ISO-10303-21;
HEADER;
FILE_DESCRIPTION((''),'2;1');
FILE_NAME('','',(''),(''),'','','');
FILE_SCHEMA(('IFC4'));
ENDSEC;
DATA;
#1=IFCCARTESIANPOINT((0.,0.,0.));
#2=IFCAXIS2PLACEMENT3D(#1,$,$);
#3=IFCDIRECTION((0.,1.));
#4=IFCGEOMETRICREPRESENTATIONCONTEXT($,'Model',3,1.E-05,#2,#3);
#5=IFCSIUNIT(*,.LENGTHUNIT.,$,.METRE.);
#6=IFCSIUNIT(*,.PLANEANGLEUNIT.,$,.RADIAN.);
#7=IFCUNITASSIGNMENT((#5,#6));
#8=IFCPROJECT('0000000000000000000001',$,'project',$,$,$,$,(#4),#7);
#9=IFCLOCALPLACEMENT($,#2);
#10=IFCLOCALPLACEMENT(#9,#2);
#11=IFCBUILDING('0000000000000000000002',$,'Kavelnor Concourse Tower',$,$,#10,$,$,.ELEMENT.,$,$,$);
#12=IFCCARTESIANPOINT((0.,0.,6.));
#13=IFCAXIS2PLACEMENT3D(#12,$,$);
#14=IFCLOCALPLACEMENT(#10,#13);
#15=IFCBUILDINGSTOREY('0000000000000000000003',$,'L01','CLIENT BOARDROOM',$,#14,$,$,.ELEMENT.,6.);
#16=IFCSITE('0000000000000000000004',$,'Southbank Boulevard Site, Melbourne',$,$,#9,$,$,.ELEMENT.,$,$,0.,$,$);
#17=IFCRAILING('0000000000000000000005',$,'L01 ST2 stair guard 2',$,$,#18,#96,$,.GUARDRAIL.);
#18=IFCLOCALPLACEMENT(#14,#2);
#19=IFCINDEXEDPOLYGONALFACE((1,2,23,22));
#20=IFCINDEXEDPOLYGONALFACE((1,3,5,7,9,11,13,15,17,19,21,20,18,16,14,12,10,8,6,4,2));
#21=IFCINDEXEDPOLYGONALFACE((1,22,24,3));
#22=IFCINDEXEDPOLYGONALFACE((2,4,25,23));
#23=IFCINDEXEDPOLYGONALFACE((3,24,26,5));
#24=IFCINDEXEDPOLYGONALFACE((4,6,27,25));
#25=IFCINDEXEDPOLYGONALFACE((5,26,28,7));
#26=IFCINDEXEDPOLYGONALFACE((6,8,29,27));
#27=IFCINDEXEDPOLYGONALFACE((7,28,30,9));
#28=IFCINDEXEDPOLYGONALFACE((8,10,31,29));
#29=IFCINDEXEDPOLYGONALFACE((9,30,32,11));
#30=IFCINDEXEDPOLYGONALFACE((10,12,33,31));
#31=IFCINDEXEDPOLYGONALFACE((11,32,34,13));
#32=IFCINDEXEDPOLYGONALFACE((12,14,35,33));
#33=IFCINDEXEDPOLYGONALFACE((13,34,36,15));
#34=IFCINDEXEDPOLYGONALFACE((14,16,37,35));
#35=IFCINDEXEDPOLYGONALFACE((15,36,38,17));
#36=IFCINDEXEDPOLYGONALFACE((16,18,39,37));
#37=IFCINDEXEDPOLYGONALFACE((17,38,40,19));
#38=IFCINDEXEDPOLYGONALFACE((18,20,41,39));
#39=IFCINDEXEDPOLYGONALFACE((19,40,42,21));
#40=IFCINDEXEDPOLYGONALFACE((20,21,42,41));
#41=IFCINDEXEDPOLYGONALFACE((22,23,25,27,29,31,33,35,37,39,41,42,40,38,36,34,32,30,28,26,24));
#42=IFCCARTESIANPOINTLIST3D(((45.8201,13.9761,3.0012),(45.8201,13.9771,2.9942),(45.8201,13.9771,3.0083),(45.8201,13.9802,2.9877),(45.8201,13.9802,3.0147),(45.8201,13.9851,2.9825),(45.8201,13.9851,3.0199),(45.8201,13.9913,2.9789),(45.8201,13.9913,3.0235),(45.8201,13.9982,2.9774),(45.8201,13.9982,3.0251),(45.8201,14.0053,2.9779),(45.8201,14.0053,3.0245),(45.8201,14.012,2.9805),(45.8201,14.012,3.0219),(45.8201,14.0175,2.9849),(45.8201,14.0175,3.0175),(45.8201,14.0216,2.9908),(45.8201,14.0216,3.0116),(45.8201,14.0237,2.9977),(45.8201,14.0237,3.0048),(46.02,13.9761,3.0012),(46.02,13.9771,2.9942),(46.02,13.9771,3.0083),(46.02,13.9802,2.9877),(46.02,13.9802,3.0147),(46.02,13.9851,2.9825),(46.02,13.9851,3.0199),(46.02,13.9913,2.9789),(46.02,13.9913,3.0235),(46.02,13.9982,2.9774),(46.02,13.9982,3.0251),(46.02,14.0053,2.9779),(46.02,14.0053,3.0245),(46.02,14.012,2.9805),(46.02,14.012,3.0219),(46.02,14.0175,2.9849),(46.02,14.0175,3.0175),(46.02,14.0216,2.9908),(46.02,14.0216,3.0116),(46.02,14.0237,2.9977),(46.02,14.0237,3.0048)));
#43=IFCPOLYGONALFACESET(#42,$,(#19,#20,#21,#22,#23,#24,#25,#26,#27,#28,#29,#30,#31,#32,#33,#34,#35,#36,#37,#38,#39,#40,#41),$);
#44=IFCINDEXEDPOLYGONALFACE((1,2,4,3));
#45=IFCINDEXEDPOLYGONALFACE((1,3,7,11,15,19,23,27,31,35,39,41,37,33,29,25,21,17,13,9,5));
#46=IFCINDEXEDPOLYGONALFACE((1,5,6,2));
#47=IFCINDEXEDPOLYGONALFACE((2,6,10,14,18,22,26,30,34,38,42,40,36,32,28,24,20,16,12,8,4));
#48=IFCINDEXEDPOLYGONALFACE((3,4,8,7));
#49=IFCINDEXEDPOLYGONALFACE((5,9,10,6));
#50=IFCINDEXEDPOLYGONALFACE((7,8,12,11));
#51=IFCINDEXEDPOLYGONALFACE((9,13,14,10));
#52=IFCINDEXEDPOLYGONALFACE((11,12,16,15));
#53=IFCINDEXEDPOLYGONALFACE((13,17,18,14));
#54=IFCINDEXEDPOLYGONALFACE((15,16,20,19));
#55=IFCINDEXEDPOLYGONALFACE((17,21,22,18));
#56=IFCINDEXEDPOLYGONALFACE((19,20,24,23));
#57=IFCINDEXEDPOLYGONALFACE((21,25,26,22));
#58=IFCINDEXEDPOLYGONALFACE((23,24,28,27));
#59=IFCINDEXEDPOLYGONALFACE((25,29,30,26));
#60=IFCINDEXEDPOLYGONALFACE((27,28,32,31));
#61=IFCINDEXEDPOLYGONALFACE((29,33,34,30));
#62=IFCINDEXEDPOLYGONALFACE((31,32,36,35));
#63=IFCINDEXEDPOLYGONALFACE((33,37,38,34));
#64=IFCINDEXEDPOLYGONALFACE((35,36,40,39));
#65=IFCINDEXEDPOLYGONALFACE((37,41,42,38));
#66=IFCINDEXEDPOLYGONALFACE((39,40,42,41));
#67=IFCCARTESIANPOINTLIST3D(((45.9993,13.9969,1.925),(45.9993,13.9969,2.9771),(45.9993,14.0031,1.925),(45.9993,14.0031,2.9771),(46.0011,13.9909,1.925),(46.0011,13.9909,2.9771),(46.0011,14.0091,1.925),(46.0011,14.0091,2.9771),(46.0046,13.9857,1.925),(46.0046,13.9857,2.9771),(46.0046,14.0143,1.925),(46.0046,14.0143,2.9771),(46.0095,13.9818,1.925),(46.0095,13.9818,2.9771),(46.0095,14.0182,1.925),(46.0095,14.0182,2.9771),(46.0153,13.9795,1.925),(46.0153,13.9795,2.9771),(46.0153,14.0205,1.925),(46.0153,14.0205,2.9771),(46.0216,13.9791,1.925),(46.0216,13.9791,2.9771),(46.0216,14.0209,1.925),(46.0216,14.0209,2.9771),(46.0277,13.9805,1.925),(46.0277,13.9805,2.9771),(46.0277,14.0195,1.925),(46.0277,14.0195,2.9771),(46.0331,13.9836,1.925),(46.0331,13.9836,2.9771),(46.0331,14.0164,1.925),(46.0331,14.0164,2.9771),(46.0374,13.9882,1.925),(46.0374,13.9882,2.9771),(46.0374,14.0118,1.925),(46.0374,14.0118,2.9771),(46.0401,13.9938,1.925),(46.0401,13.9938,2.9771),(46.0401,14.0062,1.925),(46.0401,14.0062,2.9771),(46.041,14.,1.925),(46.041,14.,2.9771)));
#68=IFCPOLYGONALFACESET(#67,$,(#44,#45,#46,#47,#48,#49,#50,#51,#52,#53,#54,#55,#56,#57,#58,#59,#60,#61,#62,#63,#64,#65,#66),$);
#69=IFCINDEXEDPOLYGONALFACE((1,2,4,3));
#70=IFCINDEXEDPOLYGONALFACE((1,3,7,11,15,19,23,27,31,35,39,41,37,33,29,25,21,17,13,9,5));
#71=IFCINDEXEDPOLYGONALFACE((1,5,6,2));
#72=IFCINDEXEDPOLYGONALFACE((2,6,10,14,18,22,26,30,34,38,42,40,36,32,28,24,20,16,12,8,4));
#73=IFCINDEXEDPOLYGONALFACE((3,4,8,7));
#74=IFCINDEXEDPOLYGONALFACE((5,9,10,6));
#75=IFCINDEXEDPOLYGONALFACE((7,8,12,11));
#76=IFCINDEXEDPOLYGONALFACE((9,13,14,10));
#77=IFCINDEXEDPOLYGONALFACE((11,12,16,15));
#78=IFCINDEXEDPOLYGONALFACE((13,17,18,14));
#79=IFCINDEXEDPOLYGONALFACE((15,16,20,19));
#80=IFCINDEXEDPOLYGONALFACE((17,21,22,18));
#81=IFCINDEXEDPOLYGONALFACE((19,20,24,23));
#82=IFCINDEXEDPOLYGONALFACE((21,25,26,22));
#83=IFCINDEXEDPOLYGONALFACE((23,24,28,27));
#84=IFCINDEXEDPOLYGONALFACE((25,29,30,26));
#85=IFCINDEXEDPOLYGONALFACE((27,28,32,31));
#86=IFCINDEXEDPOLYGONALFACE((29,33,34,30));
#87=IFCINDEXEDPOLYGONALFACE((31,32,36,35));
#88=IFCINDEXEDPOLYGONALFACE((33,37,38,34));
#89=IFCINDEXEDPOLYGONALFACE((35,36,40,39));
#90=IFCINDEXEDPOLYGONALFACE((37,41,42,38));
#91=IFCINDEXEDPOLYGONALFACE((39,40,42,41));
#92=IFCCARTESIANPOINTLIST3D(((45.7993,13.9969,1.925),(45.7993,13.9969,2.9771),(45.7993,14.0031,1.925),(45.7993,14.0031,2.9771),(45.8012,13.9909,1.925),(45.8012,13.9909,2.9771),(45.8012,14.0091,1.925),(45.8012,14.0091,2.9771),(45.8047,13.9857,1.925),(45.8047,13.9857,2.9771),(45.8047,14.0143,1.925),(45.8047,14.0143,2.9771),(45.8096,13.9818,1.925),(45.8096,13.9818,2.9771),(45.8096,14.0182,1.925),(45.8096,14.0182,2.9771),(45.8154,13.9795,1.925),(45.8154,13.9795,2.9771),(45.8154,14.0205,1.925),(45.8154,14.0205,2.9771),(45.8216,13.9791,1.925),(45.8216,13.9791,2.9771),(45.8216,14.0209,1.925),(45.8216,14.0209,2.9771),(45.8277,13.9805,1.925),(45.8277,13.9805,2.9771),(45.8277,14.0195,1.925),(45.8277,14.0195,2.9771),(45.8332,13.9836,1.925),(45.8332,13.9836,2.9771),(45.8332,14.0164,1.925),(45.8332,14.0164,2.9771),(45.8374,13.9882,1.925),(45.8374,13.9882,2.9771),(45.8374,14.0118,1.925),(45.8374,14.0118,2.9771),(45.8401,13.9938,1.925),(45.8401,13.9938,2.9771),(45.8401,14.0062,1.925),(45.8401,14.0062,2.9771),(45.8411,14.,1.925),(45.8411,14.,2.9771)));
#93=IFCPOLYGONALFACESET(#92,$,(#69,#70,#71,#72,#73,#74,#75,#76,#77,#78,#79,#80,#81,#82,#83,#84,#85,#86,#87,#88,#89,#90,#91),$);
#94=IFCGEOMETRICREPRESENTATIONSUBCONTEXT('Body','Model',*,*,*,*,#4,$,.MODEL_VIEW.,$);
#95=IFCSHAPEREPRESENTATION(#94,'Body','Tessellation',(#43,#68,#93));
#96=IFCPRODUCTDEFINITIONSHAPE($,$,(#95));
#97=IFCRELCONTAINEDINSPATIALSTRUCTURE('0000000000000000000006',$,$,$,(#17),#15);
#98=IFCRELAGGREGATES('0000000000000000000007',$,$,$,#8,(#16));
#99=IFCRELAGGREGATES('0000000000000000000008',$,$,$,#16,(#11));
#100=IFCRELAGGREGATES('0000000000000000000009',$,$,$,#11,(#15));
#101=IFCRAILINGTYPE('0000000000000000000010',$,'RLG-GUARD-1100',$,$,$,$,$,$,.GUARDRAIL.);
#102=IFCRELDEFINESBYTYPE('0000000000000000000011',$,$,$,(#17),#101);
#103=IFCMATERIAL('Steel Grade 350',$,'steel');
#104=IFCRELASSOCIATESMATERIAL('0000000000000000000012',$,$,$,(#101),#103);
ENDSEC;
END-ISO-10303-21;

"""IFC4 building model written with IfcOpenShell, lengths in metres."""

from ifc_helpers import new_model, si_unit, direction, frame, origin, origin_2d, place, context, subcontext, project, spatial, circle, extrude, material, type_object, element, save


model = new_model("IFC4")

# Units and contexts
model_context = context("Model", 3, precision=1e-05, world=origin(), true_north=direction((0.0, 1.0)))
body_context = subcontext(model_context, "Body", "Model", "MODEL_VIEW")
ifc_project = project(units=[si_unit("LENGTHUNIT", "METRE"), si_unit("PLANEANGLEUNIT", "RADIAN")], contexts=[model_context])

# Site, building, storey
site_placement = place(None, origin())
site = spatial("IfcSite", under=ifc_project, at=site_placement, Name="Southbank Boulevard Site, Melbourne", CompositionType="ELEMENT", RefElevation=0.0)
building_placement = place(site_placement, origin())
building = spatial("IfcBuilding", under=site, at=building_placement, Name="Kavelnor Concourse Tower", CompositionType="ELEMENT")
storey_placement = place(building_placement, frame((0.0, 0.0, 6.0)))
storey = spatial("IfcBuildingStorey", under=building, at=storey_placement, Name="L01", Description="CLIENT BOARDROOM", CompositionType="ELEMENT", Elevation=6.0)

# Shared definitions
ifc_material_1 = material(Name="Steel Grade 350", Category="steel")

# Railing
railing_type_1 = type_object("IfcRailingType", Name="RLG-GUARD-1100", PredefinedType="GUARDRAIL", material=ifc_material_1)
railing_1_placement = place(storey_placement, frame((46.02, 14.0, 1.925)))
element("IfcRailing", 1, at=railing_1_placement, inside=storey, type_object=railing_type_1, Name="L01 ST2 stair guard 2", PredefinedType="GUARDRAIL", context=body_context, shape_type="SweptSolid", body=[
    extrude(circle(Radius=0.0239, at=origin_2d()), frame((0.0, 0.0, 1.0762), z_axis=(-1.0, 0.0, 0.0), x_axis=(0.0, -1.0, 0.0)), (0.0, 0.0, 1.0), 0.2),
    extrude(circle(Radius=0.021, at=origin_2d()), origin(), (0.0, 0.0, 1.0), 1.052),
    extrude(circle(Radius=0.021, at=origin_2d()), frame((-0.2, 0.0, 0.0)), (0.0, 0.0, 1.0), 1.052),
])

save(model, "model.ifc")
